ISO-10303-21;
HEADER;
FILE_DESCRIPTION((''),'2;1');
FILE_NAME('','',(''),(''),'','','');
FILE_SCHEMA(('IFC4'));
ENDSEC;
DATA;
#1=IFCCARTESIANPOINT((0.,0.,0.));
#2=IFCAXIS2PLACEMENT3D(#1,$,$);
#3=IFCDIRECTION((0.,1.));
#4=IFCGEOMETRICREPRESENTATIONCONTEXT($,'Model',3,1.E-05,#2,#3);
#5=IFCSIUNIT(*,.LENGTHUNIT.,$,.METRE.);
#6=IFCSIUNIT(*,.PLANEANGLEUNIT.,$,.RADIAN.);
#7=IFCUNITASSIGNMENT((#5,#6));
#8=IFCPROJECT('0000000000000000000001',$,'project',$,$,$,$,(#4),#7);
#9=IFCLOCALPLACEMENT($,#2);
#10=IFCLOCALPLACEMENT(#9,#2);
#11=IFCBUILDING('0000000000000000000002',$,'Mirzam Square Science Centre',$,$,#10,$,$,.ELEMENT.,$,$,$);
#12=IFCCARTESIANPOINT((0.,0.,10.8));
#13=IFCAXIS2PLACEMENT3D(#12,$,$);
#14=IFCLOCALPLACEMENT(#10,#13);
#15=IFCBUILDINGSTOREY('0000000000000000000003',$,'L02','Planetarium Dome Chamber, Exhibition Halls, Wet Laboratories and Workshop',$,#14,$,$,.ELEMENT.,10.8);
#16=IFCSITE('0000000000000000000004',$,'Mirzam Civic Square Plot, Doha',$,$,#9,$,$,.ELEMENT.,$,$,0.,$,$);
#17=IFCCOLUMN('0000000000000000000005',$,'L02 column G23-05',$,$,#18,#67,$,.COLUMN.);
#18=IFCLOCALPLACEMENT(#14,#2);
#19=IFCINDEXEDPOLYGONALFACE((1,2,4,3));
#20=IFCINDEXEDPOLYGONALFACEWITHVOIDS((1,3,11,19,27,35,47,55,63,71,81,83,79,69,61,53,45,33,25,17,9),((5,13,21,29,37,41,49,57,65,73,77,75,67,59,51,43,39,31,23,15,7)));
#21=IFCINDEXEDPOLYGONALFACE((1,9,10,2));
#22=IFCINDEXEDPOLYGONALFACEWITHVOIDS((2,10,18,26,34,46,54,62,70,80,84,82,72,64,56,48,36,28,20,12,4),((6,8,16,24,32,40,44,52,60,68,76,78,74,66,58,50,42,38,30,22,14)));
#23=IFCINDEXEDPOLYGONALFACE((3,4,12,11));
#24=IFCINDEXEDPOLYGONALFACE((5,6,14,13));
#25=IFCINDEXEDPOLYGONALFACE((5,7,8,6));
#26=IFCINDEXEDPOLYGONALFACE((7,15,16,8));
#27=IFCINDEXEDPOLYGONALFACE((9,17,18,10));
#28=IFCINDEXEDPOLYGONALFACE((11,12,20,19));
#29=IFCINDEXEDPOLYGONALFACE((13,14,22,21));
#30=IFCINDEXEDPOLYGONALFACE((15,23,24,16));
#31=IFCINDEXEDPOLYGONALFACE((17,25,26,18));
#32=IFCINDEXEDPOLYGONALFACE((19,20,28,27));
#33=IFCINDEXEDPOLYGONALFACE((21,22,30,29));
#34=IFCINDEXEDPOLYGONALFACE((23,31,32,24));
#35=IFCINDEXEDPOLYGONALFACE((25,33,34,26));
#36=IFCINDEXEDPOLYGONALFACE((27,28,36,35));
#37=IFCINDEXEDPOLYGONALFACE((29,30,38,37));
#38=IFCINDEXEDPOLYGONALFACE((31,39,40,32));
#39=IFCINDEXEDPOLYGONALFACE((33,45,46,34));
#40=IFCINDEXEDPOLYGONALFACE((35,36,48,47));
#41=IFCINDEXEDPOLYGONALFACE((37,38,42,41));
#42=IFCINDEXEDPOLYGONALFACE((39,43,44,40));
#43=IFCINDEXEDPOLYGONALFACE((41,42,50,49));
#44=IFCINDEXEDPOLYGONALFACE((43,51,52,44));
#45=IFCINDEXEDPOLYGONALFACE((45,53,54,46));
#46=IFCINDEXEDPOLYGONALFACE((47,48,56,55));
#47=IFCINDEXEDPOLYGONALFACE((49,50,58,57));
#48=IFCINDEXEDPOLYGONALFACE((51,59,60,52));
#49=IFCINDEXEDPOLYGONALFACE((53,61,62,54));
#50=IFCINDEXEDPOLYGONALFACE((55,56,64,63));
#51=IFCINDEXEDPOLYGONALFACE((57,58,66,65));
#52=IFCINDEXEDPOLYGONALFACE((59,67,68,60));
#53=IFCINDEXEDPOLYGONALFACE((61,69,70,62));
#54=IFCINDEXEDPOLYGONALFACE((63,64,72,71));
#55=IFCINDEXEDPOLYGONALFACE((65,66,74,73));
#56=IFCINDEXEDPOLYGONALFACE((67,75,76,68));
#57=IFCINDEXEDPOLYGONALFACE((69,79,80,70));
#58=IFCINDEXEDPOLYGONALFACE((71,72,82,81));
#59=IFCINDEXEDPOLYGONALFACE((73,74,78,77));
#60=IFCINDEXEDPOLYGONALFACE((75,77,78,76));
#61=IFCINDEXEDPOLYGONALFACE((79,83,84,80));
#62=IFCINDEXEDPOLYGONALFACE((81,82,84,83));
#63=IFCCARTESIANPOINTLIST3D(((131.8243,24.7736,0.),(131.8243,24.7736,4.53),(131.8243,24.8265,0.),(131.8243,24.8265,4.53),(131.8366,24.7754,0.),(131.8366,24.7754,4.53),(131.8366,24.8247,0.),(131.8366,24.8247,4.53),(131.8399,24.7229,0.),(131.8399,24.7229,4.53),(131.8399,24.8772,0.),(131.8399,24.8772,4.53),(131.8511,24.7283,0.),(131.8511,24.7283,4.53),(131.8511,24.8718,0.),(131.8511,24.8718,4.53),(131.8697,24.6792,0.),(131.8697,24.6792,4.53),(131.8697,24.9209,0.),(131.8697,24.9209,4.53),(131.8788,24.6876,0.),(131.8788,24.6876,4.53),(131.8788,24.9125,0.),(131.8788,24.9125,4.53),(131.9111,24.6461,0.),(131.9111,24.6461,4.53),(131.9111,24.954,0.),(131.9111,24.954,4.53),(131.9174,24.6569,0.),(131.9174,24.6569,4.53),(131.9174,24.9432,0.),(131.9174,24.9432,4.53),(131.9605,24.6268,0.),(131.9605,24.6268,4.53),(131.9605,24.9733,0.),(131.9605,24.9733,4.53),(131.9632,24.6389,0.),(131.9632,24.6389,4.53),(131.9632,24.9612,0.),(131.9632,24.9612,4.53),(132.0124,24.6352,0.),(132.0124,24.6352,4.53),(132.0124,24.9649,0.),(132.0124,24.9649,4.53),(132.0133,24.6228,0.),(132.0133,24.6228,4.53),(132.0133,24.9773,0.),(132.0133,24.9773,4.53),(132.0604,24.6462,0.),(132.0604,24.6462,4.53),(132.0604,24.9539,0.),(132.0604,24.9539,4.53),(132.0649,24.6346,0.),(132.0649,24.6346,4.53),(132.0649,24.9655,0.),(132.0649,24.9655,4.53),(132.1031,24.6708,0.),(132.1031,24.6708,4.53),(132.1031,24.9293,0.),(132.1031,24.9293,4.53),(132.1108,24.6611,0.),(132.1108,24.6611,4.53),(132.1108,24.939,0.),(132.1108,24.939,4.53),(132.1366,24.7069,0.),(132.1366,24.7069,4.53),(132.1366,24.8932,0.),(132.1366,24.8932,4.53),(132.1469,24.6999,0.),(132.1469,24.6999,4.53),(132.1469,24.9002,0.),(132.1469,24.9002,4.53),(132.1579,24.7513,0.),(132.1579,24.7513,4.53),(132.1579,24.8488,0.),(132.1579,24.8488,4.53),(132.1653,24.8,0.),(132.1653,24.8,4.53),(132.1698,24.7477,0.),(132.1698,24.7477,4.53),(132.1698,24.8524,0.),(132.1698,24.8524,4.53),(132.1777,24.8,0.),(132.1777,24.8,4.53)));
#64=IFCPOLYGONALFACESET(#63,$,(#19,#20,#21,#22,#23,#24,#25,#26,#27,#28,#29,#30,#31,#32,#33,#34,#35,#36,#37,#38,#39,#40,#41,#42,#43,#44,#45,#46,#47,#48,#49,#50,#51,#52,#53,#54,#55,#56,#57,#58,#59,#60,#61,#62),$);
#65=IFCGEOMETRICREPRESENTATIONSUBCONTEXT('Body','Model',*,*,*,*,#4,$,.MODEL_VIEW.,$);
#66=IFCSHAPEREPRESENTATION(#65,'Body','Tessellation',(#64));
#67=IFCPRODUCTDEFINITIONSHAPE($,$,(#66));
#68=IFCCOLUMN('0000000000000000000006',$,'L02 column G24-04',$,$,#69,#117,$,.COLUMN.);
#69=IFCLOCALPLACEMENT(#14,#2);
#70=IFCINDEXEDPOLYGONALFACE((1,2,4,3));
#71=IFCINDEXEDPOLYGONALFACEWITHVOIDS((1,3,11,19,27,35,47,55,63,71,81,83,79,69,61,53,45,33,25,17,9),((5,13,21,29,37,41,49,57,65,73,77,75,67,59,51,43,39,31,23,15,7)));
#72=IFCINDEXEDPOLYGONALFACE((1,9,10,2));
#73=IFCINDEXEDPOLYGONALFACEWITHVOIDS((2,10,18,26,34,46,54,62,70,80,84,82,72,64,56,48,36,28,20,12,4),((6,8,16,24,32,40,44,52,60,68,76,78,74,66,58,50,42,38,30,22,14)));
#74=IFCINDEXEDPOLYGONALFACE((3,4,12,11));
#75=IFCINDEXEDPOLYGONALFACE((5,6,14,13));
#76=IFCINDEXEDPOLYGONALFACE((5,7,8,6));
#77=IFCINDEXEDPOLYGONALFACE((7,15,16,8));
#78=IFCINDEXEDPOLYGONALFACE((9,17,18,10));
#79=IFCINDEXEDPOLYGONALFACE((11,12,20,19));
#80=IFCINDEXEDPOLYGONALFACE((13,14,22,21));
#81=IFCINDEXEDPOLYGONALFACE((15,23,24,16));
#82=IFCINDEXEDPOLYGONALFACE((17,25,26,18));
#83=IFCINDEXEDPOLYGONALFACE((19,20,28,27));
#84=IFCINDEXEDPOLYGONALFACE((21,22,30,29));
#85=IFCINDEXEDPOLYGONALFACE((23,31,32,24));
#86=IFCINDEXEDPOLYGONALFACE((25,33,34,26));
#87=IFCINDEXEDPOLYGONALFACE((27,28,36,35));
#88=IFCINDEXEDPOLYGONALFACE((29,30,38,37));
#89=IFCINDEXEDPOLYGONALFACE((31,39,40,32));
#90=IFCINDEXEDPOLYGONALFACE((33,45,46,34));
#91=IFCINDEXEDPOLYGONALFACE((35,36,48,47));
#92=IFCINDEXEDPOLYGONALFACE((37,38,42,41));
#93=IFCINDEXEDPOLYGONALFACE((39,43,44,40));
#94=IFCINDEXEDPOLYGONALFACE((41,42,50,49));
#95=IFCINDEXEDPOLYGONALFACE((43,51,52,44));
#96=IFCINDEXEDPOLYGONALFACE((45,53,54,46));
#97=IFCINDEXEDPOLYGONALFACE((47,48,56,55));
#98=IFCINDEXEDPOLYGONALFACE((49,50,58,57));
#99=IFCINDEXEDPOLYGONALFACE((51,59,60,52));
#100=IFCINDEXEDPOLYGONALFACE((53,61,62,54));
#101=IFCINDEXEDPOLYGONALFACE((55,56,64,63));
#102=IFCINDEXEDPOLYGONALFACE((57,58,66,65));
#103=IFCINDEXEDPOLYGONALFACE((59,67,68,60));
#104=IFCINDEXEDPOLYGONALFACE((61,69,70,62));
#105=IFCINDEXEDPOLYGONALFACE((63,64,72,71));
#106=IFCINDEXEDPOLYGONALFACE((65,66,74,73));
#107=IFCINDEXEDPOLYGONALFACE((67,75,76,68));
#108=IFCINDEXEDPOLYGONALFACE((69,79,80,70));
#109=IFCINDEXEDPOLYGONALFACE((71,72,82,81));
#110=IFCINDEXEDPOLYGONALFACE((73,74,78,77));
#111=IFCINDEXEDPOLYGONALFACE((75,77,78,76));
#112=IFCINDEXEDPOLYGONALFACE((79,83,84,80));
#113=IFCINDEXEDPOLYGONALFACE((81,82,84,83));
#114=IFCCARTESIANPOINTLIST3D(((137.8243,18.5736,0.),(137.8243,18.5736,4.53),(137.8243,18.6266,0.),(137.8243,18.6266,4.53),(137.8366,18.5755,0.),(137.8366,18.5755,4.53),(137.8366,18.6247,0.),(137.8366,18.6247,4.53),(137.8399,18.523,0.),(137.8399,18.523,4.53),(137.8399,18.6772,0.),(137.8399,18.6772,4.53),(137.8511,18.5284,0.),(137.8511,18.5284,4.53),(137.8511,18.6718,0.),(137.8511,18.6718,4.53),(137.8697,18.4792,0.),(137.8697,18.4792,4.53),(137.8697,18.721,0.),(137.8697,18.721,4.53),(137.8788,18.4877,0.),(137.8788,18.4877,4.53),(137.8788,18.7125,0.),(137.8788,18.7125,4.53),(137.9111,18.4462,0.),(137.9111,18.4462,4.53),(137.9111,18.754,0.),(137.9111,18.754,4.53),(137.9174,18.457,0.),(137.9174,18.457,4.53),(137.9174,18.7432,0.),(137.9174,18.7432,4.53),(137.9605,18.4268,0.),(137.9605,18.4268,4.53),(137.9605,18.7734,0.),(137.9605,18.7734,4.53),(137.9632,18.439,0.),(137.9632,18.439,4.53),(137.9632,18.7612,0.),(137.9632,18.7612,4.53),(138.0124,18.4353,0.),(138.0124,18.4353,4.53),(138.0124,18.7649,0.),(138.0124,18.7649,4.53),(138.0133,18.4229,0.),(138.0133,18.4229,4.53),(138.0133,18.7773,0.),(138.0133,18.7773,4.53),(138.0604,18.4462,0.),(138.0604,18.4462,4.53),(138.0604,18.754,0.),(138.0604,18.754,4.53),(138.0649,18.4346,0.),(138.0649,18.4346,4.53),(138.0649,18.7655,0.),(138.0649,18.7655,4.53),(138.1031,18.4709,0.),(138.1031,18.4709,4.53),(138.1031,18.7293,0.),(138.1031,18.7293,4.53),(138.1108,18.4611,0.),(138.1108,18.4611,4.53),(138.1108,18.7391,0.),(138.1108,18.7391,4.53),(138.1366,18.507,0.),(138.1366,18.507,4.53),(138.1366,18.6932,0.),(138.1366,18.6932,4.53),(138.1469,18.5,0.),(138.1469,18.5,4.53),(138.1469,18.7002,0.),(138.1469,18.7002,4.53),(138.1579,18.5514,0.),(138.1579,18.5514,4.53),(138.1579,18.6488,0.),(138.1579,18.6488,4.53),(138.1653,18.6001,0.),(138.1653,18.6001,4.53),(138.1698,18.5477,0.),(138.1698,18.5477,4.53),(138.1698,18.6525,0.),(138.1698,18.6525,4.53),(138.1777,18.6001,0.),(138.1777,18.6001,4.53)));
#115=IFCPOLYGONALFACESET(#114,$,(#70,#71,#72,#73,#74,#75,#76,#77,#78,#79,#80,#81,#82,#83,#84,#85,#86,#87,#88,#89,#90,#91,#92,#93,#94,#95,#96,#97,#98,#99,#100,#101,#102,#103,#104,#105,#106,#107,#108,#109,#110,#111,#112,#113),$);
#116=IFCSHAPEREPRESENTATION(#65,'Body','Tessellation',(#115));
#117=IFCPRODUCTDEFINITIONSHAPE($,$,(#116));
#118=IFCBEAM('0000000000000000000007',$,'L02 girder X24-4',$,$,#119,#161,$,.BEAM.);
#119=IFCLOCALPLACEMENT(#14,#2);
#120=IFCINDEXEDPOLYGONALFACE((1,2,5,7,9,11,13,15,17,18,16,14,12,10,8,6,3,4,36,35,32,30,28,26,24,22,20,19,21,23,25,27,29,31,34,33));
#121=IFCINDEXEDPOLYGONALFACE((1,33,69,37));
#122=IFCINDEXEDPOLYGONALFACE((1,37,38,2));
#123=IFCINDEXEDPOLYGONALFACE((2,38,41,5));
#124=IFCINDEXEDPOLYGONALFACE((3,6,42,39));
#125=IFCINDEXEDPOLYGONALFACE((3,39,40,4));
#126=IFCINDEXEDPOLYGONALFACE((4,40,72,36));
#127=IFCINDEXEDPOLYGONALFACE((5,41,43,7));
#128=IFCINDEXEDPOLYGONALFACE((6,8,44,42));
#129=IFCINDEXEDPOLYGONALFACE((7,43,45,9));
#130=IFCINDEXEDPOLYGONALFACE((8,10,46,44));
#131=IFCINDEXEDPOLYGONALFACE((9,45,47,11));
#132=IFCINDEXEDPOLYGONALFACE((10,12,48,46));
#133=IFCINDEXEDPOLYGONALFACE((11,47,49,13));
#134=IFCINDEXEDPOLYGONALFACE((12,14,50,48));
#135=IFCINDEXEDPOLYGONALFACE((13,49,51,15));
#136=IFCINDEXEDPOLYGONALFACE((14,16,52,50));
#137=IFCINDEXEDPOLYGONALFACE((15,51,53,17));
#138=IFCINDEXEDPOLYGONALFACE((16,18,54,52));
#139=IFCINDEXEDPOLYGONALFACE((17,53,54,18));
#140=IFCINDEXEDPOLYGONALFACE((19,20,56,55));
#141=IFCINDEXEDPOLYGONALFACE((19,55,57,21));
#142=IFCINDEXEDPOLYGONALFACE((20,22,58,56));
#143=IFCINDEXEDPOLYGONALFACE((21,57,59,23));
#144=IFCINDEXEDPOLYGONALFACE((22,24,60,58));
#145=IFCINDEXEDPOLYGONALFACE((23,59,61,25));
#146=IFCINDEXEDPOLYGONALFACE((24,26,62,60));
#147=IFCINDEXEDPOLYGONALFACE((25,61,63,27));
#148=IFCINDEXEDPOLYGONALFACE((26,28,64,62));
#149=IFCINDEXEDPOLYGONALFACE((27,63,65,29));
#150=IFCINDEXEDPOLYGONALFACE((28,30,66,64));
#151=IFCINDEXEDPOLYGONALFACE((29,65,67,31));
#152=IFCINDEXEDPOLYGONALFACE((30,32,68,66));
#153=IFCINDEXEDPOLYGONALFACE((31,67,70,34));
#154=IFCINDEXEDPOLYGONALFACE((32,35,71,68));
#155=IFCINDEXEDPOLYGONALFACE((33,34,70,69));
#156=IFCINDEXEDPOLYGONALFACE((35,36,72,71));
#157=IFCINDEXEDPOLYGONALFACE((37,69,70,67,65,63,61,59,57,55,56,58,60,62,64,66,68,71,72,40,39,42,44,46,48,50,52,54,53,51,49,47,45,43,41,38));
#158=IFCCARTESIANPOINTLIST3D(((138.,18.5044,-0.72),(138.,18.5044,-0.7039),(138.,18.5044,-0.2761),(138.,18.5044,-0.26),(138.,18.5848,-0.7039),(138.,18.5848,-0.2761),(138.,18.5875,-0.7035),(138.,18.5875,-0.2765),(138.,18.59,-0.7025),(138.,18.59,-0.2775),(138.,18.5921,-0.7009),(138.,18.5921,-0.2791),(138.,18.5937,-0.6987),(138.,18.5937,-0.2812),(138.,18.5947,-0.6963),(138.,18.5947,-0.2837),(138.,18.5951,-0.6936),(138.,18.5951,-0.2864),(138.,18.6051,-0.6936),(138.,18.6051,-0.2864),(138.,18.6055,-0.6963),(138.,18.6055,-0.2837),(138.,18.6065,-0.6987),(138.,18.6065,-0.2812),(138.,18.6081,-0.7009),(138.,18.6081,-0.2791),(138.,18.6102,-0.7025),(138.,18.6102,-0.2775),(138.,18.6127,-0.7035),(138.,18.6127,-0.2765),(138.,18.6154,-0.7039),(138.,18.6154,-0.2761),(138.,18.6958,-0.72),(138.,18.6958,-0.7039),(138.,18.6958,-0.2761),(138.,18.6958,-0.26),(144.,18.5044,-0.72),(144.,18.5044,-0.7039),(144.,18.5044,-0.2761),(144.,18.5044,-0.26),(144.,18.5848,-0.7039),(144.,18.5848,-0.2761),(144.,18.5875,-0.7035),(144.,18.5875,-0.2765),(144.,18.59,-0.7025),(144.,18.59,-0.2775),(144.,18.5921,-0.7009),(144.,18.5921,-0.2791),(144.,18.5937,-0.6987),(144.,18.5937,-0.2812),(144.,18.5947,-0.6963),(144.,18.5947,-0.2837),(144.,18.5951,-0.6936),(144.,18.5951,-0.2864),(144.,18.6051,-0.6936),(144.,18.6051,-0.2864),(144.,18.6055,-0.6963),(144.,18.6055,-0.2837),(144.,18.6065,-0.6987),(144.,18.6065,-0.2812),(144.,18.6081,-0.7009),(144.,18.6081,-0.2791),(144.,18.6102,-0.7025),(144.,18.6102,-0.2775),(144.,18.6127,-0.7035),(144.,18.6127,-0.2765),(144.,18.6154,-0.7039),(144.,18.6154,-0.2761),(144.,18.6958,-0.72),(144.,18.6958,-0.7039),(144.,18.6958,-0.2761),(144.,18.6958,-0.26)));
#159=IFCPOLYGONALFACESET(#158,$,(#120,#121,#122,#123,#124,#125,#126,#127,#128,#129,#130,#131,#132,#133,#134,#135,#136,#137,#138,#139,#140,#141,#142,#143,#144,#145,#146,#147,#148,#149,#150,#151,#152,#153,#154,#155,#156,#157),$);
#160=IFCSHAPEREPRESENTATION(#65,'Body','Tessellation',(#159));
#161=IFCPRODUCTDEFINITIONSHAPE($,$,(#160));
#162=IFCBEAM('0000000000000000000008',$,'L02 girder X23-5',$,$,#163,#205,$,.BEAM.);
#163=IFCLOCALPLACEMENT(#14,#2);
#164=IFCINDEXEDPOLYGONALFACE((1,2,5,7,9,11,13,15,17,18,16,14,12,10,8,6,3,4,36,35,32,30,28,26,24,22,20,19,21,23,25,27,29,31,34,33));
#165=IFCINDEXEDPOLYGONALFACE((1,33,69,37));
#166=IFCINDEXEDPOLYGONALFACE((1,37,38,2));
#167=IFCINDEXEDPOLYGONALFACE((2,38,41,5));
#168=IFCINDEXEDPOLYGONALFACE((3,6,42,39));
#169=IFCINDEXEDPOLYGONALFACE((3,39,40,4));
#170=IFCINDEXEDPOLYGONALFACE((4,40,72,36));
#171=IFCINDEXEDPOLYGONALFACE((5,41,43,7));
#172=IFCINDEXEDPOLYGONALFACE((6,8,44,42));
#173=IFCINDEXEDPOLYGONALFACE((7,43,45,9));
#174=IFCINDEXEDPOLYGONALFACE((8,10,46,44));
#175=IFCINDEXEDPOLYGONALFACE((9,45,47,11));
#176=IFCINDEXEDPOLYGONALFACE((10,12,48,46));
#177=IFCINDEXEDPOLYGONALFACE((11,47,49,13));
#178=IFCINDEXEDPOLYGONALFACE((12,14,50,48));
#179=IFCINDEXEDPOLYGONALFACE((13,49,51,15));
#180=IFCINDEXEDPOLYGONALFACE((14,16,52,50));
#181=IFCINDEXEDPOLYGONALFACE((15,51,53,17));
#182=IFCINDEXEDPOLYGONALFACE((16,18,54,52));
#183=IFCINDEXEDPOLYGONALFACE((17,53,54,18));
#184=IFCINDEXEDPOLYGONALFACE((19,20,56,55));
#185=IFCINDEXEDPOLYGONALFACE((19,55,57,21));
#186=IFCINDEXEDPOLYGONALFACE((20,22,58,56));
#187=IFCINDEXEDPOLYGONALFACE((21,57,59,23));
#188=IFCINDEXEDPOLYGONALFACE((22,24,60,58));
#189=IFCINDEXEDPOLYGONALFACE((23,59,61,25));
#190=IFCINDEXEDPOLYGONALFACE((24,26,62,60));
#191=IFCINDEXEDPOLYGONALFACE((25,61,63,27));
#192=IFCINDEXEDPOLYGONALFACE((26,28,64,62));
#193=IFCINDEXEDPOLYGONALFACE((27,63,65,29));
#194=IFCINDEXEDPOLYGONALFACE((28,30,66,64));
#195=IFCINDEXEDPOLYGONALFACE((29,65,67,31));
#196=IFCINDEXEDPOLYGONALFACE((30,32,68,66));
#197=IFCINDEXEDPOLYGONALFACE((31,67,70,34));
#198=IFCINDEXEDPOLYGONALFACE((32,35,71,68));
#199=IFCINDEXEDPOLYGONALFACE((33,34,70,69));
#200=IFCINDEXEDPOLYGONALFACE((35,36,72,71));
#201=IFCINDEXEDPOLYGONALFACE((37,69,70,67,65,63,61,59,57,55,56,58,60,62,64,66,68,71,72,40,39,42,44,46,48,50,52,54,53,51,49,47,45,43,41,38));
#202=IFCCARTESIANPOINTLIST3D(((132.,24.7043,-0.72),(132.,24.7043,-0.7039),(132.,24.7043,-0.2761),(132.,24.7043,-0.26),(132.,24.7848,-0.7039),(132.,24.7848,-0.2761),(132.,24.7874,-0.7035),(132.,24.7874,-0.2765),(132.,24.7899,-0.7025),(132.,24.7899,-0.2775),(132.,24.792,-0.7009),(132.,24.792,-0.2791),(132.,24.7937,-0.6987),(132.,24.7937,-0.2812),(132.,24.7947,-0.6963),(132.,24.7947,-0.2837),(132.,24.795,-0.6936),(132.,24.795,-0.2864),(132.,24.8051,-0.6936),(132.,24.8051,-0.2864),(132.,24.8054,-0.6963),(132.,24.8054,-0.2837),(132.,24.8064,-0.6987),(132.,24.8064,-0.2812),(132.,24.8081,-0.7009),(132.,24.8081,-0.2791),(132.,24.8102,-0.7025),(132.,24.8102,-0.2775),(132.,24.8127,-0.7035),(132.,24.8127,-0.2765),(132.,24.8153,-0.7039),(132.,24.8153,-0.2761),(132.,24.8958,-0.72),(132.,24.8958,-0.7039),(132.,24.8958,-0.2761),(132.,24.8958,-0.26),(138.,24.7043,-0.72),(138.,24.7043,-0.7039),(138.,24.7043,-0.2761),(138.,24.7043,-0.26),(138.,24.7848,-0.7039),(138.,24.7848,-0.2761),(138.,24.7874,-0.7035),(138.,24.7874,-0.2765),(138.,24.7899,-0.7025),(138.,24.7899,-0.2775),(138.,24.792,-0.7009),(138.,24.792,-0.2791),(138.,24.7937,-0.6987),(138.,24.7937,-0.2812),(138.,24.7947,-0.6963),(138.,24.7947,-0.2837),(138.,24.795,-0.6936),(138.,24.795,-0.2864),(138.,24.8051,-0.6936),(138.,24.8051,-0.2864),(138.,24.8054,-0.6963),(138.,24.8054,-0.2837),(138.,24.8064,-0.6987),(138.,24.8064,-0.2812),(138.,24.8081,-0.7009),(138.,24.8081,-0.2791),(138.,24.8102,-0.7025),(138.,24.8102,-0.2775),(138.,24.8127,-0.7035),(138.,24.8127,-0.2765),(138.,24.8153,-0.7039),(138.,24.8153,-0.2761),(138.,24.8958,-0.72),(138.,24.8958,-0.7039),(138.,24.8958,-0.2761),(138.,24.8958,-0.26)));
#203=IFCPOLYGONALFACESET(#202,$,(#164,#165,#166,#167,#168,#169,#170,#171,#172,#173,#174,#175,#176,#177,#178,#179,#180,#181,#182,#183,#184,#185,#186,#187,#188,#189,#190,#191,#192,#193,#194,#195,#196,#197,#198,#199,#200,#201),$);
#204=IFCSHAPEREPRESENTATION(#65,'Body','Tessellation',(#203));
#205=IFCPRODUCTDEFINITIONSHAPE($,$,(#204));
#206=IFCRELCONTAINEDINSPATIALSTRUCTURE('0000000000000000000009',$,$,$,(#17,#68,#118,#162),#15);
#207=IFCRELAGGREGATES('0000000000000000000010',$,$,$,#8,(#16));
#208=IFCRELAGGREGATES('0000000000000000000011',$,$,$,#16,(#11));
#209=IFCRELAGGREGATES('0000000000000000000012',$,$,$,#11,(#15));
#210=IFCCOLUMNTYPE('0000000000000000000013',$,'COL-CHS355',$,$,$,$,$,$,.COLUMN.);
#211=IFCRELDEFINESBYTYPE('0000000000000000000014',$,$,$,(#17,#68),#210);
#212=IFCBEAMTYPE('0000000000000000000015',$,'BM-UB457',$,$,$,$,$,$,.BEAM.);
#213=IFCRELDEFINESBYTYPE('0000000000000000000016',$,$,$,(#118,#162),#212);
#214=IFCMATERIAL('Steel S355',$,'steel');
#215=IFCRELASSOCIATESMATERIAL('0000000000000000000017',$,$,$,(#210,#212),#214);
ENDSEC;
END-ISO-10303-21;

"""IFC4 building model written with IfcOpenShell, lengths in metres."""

from ifc_helpers import new_model, si_unit, direction, frame, origin, origin_2d, place, context, subcontext, project, spatial, hollow_circle, i_section, extrude, material, material_profile, profile_set, type_object, element, save


model = new_model("IFC4")

# Units and contexts
model_context = context("Model", 3, precision=1e-05, world=origin(), true_north=direction((0.0, 1.0)))
body_context = subcontext(model_context, "Body", "Model", "MODEL_VIEW")
ifc_project = project(units=[si_unit("LENGTHUNIT", "METRE"), si_unit("PLANEANGLEUNIT", "RADIAN")], contexts=[model_context])

# Site, building, storey
site_placement = place(None, origin())
site = spatial("IfcSite", under=ifc_project, at=site_placement, Name="Mirzam Civic Square Plot, Doha", CompositionType="ELEMENT", RefElevation=0.0)
building_placement = place(site_placement, origin())
building = spatial("IfcBuilding", under=site, at=building_placement, Name="Mirzam Square Science Centre", CompositionType="ELEMENT")
storey_placement = place(building_placement, frame((0.0, 0.0, 10.8)))
storey = spatial("IfcBuildingStorey", under=building, at=storey_placement, Name="L02", Description="Planetarium Dome Chamber, Exhibition Halls, Wet Laboratories and Workshop", CompositionType="ELEMENT", Elevation=10.8)

# Columns
ifc_material_1 = material(Name="Steel S355", Category="steel")
ifc_material_profile_1 = material_profile(ifc_material_1, hollow_circle(Radius=0.1777, WallThickness=0.0125, at=origin_2d()), Name="355.6x12.5CHS")
ifc_profile_set_1 = profile_set([ifc_material_profile_1], Name="Steel S355")
column_type = type_object("IfcColumnType", Name="COL-CHS355", PredefinedType="COLUMN", material=ifc_profile_set_1)
for number, where, z_axis, x_axis, name in (
    (1, (132.0, 24.8, 0.0), (0.0, 0.0, 1.0), (1.0, 0.0, 0.0), "L02 column G23-05"),
    (2, (138.0, 18.6001, 0.0), (0.0, 0.0, 1.0), (1.0, 0.0, 0.0), "L02 column G24-04"),
):
    element("IfcColumn", number, at=place(storey_placement, frame(where, z_axis=z_axis, x_axis=x_axis)), inside=storey, type_object=column_type, Name=name, PredefinedType="COLUMN", context=body_context, shape_type="SweptSolid", body=[
        extrude(hollow_circle(Radius=0.1777, WallThickness=0.0125, at=origin_2d()), origin(), (0.0, 0.0, 1.0), 4.53),
    ])

# Beams
ifc_material_profile_2 = material_profile(ifc_material_1, i_section(OverallWidth=0.1914, OverallDepth=0.46, WebThickness=0.01, FlangeThickness=0.0161, FilletRadius=0.0103, at=origin_2d()), Name="457x191x82UB")
ifc_profile_set_2 = profile_set([ifc_material_profile_2], Name="Steel S355")
beam_type_1 = type_object("IfcBeamType", Name="BM-UB457", PredefinedType="BEAM", material=ifc_profile_set_2)
for number, where, z_axis, x_axis, name in (
    (3, (138.0, 18.6001, -0.49), (1.0, 0.0, 0.0), (0.0, 1.0, 0.0), "L02 girder X24-4"),
    (4, (132.0, 24.8, -0.49), (1.0, 0.0, 0.0), (0.0, 1.0, 0.0), "L02 girder X23-5"),
):
    element("IfcBeam", number, at=place(storey_placement, frame(where, z_axis=z_axis, x_axis=x_axis)), inside=storey, type_object=beam_type_1, Name=name, PredefinedType="BEAM", context=body_context, shape_type="SweptSolid", body=[
        extrude(i_section(OverallWidth=0.1914, OverallDepth=0.46, WebThickness=0.01, FlangeThickness=0.0161, FilletRadius=0.0103, at=origin_2d()), origin(), (0.0, 0.0, 1.0), 6.0),
    ])

save(model, "model.ifc")
